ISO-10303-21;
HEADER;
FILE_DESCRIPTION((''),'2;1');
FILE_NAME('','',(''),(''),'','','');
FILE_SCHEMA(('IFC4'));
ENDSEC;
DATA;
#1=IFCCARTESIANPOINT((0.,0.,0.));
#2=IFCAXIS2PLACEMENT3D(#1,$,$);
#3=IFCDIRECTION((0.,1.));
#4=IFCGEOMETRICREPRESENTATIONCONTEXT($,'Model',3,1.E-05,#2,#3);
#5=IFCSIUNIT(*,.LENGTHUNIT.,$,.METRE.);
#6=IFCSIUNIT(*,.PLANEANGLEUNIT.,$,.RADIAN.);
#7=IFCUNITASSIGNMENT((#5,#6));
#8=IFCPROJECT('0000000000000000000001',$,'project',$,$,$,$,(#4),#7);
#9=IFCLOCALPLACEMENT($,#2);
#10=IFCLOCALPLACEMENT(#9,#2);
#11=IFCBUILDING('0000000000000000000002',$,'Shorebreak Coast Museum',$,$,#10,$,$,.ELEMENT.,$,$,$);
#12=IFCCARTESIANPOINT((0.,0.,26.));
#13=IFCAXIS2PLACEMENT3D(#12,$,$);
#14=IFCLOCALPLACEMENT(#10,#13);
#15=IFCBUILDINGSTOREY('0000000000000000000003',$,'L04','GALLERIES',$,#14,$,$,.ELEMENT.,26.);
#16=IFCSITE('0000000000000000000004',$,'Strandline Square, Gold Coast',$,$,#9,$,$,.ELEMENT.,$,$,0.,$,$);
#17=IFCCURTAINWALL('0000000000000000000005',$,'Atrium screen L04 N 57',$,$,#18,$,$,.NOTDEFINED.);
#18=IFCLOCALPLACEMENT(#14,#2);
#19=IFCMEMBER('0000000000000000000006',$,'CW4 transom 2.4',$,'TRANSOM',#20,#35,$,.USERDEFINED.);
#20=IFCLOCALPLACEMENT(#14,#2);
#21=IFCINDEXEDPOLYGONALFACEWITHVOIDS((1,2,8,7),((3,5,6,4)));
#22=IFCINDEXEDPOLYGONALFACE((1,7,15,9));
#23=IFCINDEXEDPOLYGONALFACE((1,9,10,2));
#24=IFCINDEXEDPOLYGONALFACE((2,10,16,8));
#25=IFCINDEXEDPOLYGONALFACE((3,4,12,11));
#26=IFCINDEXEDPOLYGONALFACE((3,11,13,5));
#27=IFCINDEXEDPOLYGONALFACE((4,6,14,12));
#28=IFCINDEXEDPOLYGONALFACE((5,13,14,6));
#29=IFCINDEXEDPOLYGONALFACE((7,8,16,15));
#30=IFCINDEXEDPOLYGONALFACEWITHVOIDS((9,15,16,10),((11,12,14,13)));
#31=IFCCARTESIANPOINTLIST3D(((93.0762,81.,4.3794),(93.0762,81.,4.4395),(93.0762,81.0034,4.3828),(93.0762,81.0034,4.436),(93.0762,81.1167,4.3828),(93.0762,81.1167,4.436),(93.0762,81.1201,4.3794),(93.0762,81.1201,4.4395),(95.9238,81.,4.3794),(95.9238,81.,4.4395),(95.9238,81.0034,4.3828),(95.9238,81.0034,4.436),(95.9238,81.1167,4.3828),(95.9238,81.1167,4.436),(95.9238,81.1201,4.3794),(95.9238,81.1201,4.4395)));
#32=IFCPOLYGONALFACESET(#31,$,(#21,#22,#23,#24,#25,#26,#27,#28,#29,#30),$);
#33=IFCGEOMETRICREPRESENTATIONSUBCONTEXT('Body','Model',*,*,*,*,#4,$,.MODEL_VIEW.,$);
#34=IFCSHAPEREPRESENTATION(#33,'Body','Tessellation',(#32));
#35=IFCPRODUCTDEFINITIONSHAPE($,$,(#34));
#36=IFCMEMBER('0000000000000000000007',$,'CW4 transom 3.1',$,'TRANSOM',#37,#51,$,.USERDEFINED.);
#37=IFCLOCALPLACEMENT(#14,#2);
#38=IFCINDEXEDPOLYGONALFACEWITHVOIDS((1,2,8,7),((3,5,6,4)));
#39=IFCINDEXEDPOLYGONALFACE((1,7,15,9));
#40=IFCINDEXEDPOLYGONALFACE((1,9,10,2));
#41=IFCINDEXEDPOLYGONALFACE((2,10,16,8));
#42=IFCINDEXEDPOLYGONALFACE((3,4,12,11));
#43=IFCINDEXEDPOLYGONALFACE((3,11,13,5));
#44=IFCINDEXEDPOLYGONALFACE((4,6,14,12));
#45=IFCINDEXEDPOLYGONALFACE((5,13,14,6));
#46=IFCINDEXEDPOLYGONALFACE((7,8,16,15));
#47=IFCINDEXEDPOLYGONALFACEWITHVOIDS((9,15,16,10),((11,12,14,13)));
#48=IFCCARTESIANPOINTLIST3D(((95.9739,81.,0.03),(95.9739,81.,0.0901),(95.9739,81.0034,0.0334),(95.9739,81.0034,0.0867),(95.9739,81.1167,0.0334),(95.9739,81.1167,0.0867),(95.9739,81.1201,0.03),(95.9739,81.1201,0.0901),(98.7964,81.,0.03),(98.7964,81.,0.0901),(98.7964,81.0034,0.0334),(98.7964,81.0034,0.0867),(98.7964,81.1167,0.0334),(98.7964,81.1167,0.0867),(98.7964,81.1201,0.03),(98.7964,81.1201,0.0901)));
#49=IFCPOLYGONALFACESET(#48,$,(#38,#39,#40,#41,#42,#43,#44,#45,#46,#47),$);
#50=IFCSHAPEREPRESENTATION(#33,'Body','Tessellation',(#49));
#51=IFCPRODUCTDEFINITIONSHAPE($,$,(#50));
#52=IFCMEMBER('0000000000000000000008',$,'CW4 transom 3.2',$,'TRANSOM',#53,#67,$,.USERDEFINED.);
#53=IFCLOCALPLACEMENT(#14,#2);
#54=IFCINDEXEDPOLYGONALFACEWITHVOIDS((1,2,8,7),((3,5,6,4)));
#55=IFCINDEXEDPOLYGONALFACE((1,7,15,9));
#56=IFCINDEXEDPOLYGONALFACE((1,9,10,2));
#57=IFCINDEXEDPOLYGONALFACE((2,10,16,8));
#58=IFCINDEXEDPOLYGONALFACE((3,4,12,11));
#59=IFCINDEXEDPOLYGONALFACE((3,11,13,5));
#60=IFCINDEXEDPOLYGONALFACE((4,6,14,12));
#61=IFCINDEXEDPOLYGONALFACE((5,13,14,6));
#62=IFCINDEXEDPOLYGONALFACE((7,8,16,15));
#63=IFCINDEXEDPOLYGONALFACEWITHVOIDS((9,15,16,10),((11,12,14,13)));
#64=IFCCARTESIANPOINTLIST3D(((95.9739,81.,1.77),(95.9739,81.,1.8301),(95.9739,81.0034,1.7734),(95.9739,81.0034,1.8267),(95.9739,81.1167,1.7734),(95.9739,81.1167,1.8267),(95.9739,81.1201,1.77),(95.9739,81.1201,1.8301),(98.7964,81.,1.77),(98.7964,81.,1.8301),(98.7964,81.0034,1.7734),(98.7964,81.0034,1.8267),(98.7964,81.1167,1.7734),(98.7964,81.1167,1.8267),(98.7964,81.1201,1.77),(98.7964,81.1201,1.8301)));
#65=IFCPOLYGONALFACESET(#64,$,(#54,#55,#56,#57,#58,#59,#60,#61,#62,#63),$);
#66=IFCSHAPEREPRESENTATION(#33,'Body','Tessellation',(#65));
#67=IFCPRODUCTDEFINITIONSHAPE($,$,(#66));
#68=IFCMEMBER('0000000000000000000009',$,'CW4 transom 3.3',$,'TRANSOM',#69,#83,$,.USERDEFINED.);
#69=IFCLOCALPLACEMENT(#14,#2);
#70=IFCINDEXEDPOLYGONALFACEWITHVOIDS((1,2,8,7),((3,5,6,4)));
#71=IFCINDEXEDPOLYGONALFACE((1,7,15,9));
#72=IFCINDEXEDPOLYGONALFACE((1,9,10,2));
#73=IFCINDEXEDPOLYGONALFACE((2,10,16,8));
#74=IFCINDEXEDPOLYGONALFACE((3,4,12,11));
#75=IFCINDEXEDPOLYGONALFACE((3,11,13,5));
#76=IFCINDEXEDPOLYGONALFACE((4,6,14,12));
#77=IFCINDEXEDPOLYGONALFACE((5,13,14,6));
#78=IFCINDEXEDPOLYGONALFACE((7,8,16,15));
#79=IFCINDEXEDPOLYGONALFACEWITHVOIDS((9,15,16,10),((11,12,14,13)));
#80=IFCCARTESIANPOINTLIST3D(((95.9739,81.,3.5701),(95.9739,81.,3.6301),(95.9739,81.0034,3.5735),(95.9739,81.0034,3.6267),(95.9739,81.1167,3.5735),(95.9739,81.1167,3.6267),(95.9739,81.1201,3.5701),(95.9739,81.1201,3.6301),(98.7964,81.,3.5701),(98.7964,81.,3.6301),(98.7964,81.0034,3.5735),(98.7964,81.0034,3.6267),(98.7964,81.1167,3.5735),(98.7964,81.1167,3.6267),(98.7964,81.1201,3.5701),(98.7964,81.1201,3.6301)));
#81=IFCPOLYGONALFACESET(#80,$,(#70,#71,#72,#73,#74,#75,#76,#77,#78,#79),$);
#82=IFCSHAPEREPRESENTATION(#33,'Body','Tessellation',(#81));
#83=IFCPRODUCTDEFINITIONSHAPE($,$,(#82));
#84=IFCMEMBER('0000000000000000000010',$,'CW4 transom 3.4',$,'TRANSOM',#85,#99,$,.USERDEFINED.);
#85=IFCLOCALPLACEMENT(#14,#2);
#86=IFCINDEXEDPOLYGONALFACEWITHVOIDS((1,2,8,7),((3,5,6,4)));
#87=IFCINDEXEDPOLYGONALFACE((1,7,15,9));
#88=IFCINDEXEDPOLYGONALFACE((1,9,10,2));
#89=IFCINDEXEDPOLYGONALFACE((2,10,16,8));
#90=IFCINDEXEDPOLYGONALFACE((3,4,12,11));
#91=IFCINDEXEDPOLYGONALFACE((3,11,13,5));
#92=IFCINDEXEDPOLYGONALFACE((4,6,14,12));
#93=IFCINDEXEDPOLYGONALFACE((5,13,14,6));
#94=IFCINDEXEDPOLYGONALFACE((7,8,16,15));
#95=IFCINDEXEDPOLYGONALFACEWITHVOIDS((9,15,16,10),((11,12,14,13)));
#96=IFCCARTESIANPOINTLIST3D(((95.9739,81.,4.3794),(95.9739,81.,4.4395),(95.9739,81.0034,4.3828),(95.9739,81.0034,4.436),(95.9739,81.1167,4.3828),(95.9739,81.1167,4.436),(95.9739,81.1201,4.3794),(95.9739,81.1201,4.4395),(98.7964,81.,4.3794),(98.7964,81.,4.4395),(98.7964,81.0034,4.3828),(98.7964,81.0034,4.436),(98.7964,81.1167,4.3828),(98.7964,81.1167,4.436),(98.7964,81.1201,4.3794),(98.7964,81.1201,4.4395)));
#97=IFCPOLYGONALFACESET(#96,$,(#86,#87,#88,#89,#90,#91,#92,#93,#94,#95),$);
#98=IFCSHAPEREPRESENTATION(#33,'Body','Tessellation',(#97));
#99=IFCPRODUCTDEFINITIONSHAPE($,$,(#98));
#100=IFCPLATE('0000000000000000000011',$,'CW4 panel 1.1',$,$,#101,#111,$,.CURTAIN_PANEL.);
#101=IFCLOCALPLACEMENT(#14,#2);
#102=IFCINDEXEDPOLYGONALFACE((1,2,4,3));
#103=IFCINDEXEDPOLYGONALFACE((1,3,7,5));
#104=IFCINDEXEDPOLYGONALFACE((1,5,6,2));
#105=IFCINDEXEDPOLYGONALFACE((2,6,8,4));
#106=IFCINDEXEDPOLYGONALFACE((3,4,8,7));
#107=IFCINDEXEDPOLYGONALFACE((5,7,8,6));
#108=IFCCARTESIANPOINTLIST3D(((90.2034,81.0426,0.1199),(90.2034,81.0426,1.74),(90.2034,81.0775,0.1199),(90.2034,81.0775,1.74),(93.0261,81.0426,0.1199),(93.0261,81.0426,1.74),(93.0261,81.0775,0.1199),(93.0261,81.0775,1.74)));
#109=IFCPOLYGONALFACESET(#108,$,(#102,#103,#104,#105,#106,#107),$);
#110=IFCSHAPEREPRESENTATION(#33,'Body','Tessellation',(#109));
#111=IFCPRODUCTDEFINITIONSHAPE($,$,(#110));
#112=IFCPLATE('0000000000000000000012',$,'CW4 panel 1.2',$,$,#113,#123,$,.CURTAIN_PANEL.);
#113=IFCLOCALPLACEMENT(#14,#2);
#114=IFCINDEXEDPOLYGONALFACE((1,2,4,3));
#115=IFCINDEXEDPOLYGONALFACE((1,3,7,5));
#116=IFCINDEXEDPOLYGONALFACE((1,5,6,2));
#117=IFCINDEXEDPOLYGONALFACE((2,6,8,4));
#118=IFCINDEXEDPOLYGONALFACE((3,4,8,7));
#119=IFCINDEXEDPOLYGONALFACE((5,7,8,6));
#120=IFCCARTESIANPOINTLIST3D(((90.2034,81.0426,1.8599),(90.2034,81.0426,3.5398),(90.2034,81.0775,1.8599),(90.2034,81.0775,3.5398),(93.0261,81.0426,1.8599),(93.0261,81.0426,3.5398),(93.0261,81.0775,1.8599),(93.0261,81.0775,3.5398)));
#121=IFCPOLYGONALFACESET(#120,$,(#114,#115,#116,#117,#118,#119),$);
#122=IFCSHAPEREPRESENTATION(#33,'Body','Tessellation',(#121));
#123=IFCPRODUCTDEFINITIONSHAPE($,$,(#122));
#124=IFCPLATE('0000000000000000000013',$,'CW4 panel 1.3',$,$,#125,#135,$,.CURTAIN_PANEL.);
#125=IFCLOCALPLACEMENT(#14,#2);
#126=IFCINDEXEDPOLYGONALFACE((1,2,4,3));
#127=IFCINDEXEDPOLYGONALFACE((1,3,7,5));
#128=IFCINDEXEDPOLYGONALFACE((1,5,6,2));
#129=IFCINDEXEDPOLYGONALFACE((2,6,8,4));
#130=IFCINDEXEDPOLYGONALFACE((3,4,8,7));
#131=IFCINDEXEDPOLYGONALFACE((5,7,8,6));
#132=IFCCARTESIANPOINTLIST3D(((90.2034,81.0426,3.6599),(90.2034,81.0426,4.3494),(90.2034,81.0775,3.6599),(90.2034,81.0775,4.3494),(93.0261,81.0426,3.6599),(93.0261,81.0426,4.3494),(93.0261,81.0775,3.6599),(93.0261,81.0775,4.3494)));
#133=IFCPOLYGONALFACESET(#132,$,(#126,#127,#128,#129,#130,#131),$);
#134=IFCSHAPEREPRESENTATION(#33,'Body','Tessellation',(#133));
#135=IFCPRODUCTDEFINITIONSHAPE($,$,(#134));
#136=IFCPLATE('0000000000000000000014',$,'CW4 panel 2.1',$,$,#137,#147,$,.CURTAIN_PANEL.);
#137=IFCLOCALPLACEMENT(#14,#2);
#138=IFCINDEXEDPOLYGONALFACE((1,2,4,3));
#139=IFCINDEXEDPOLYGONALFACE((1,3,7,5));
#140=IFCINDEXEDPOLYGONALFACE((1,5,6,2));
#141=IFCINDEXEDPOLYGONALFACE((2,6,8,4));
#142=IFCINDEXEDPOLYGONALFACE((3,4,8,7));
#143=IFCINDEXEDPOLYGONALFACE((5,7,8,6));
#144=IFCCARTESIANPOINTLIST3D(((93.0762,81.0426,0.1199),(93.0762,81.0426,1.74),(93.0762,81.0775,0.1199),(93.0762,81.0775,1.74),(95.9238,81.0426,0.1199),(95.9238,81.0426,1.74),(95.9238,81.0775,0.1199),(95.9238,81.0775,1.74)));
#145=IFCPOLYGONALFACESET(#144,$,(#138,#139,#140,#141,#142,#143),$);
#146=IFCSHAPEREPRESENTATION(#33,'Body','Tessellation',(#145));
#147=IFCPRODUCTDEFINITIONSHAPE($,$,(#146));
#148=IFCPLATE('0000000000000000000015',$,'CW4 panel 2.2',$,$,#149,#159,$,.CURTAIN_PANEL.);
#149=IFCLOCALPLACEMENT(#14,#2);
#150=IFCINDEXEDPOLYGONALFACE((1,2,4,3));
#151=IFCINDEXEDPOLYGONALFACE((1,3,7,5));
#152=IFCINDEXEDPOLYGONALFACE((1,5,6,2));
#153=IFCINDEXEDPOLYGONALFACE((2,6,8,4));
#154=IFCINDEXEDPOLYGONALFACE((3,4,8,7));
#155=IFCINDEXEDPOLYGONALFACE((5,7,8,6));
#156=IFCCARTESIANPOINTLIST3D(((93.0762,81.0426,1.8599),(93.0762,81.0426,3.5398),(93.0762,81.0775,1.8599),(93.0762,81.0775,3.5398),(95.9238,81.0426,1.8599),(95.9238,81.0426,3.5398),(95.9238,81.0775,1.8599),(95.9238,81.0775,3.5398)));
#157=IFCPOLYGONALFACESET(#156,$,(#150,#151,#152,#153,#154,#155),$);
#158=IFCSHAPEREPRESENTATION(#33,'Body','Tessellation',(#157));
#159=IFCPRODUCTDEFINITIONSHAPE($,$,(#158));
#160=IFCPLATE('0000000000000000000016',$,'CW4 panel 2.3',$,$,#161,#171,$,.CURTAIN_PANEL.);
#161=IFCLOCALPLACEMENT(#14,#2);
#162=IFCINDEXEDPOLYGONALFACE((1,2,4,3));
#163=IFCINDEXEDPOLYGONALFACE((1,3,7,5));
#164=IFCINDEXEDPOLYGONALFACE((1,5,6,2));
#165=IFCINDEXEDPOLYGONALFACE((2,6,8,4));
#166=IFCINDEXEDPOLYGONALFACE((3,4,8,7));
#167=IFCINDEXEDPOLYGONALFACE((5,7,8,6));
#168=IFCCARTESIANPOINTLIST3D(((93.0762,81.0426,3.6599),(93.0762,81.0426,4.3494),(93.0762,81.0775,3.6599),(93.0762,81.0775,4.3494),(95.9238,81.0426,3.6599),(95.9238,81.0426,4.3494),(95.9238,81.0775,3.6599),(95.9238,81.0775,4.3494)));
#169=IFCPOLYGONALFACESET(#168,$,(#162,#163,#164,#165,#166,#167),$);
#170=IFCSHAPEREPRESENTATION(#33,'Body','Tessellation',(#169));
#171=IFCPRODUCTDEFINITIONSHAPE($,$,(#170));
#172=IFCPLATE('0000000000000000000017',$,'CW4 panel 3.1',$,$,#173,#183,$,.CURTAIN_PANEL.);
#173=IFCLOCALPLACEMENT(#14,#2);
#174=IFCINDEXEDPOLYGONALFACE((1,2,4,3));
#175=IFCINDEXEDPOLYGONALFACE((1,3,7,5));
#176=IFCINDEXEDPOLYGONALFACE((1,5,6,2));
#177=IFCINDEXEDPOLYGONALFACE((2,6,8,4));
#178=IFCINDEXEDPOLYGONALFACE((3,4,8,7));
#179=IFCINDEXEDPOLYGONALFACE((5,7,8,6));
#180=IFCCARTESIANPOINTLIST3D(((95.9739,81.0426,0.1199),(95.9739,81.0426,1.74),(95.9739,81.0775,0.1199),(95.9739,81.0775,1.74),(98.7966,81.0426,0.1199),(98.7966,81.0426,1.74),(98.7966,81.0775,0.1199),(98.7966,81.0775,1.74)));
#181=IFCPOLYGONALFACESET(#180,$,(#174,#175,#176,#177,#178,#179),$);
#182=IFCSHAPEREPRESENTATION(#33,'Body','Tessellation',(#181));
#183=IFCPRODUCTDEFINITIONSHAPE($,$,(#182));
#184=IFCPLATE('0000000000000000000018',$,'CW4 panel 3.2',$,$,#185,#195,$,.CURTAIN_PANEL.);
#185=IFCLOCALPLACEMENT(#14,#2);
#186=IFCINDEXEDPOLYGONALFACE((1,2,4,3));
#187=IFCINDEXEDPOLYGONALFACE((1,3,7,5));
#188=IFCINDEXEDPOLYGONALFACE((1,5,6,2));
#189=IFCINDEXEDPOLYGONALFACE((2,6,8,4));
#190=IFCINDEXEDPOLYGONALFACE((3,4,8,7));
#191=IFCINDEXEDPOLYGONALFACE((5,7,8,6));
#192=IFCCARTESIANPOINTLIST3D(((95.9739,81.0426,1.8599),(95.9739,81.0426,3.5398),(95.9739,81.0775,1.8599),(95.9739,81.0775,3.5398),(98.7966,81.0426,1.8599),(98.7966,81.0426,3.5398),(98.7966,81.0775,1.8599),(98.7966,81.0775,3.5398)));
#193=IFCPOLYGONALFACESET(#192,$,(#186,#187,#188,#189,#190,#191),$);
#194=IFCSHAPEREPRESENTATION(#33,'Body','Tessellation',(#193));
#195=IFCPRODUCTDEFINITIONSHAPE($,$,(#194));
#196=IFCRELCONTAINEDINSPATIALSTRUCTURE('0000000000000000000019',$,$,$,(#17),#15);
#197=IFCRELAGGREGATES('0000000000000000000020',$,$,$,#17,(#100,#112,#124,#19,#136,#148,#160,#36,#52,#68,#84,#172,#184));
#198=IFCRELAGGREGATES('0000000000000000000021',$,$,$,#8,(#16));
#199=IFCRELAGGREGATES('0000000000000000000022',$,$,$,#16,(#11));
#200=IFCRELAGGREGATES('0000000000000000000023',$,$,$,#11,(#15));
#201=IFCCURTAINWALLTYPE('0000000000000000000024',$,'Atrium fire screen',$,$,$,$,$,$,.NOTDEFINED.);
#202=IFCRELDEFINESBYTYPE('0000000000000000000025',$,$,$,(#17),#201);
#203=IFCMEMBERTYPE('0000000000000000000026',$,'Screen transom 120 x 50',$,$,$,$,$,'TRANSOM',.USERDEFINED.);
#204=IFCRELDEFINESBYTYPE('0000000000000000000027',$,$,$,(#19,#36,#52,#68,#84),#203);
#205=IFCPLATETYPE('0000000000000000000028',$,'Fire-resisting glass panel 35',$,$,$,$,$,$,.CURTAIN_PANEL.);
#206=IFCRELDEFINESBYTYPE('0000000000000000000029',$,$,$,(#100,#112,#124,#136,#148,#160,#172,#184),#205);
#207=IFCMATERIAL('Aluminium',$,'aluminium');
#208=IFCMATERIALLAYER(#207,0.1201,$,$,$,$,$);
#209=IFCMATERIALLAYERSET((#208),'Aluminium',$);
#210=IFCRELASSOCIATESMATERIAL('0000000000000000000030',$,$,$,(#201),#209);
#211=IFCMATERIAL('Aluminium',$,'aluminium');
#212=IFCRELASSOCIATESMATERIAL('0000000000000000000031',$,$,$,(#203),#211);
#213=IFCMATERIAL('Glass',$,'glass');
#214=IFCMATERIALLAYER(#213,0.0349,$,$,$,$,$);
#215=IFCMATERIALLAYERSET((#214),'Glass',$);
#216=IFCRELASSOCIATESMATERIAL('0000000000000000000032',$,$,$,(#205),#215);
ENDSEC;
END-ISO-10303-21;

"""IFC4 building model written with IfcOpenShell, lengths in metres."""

from ifc_helpers import new_model, si_unit, direction, frame, origin, origin_2d, place, context, subcontext, project, spatial, rectangle, hollow_rectangle, extrude, material, layer, layer_set, material_profile, profile_set, type_object, element, aggregate, save


model = new_model("IFC4")

# Units and contexts
model_context = context("Model", 3, precision=1e-05, world=origin(), true_north=direction((0.0, 1.0)))
body_context = subcontext(model_context, "Body", "Model", "MODEL_VIEW")
ifc_project = project(units=[si_unit("LENGTHUNIT", "METRE"), si_unit("PLANEANGLEUNIT", "RADIAN")], contexts=[model_context])

# Site, building, storey
site_placement = place(None, origin())
site = spatial("IfcSite", under=ifc_project, at=site_placement, Name="Strandline Square, Gold Coast", CompositionType="ELEMENT", RefElevation=0.0)
building_placement = place(site_placement, origin())
building = spatial("IfcBuilding", under=site, at=building_placement, Name="Shorebreak Coast Museum", CompositionType="ELEMENT")
storey_placement = place(building_placement, frame((0.0, 0.0, 26.0)))
storey = spatial("IfcBuildingStorey", under=building, at=storey_placement, Name="L04", Description="GALLERIES", CompositionType="ELEMENT", Elevation=26.0)

# Curtain wall, members, plates
ifc_material_1 = material(Name="Aluminium", Category="aluminium")
ifc_layer_1 = layer(ifc_material_1, 0.1201)
ifc_layer_set_1 = layer_set([ifc_layer_1], Name="Aluminium")
curtain_wall_type = type_object("IfcCurtainWallType", Name="Atrium fire screen", PredefinedType="NOTDEFINED", material=ifc_layer_set_1)
curtain_wall_placement = place(storey_placement, origin())
curtain_wall = element("IfcCurtainWall", 1, at=curtain_wall_placement, inside=storey, type_object=curtain_wall_type, Name="Atrium screen L04 N 57", PredefinedType="NOTDEFINED")
ifc_material_2 = material(Name="Aluminium", Category="aluminium")
ifc_material_profile_1 = material_profile(ifc_material_2, hollow_rectangle(XDim=0.1201, YDim=0.0601, WallThickness=0.0034, at=origin_2d()), Name="AL 60x120 RHS")
ifc_profile_set_1 = profile_set([ifc_material_profile_1], Name="Aluminium")
member_type_1 = type_object("IfcMemberType", Name="Screen transom 120 x 50", ElementType="TRANSOM", PredefinedType="USERDEFINED", material=ifc_profile_set_1)
member_1_placement = place(storey_placement, frame((93.0762, 81.0601, 4.4094), z_axis=(1.0, 0.0, 0.0), x_axis=(0.0, 1.0, 0.0)))
member_1 = element("IfcMember", 2, at=member_1_placement, type_object=member_type_1, Name="CW4 transom 2.4", ObjectType="TRANSOM", PredefinedType="USERDEFINED", context=body_context, shape_type="SweptSolid", body=[
    extrude(hollow_rectangle(XDim=0.1201, YDim=0.0601, WallThickness=0.0034, at=origin_2d()), origin(), (0.0, 0.0, 1.0), 2.8477),
])
member_2_placement = place(storey_placement, frame((95.9739, 81.0601, 0.0601), z_axis=(1.0, 0.0, 0.0), x_axis=(0.0, 1.0, 0.0)))
member_2 = element("IfcMember", 3, at=member_2_placement, type_object=member_type_1, Name="CW4 transom 3.1", ObjectType="TRANSOM", PredefinedType="USERDEFINED", context=body_context, shape_type="SweptSolid", body=[
    extrude(hollow_rectangle(XDim=0.1201, YDim=0.0601, WallThickness=0.0034, at=origin_2d()), origin(), (0.0, 0.0, 1.0), 2.8225),
])
member_3_placement = place(storey_placement, frame((95.9739, 81.0601, 1.8), z_axis=(1.0, 0.0, 0.0), x_axis=(0.0, 1.0, 0.0)))
member_3 = element("IfcMember", 4, at=member_3_placement, type_object=member_type_1, Name="CW4 transom 3.2", ObjectType="TRANSOM", PredefinedType="USERDEFINED", context=body_context, shape_type="SweptSolid", body=[
    extrude(hollow_rectangle(XDim=0.1201, YDim=0.0601, WallThickness=0.0034, at=origin_2d()), origin(), (0.0, 0.0, 1.0), 2.8225),
])
member_4_placement = place(storey_placement, frame((95.9739, 81.0601, 3.6001), z_axis=(1.0, 0.0, 0.0), x_axis=(0.0, 1.0, 0.0)))
member_4 = element("IfcMember", 5, at=member_4_placement, type_object=member_type_1, Name="CW4 transom 3.3", ObjectType="TRANSOM", PredefinedType="USERDEFINED", context=body_context, shape_type="SweptSolid", body=[
    extrude(hollow_rectangle(XDim=0.1201, YDim=0.0601, WallThickness=0.0034, at=origin_2d()), origin(), (0.0, 0.0, 1.0), 2.8225),
])
member_5_placement = place(storey_placement, frame((95.9739, 81.0601, 4.4094), z_axis=(1.0, 0.0, 0.0), x_axis=(0.0, 1.0, 0.0)))
member_5 = element("IfcMember", 6, at=member_5_placement, type_object=member_type_1, Name="CW4 transom 3.4", ObjectType="TRANSOM", PredefinedType="USERDEFINED", context=body_context, shape_type="SweptSolid", body=[
    extrude(hollow_rectangle(XDim=0.1201, YDim=0.0601, WallThickness=0.0034, at=origin_2d()), origin(), (0.0, 0.0, 1.0), 2.8225),
])
ifc_material_3 = material(Name="Glass", Category="glass")
ifc_layer_2 = layer(ifc_material_3, 0.0349)
ifc_layer_set_2 = layer_set([ifc_layer_2], Name="Glass")
plate_type = type_object("IfcPlateType", Name="Fire-resisting glass panel 35", PredefinedType="CURTAIN_PANEL", material=ifc_layer_set_2)
plate_1_placement = place(storey_placement, frame((91.6147, 81.0601, 0.1199), z_axis=(0.0, 0.0, 1.0), x_axis=(1.0, 0.0, 0.0)))
plate_1 = element("IfcPlate", 7, at=plate_1_placement, type_object=plate_type, Name="CW4 panel 1.1", PredefinedType="CURTAIN_PANEL", context=body_context, shape_type="SweptSolid", body=[
    extrude(rectangle(XDim=2.8228, YDim=0.0349, at=origin_2d()), origin(), (0.0, 0.0, 1.0), 1.6201),
])
plate_2_placement = place(storey_placement, frame((91.6147, 81.0601, 1.8599), z_axis=(0.0, 0.0, 1.0), x_axis=(1.0, 0.0, 0.0)))
plate_2 = element("IfcPlate", 8, at=plate_2_placement, type_object=plate_type, Name="CW4 panel 1.2", PredefinedType="CURTAIN_PANEL", context=body_context, shape_type="SweptSolid", body=[
    extrude(rectangle(XDim=2.8228, YDim=0.0349, at=origin_2d()), origin(), (0.0, 0.0, 1.0), 1.6799),
])
plate_3_placement = place(storey_placement, frame((91.6147, 81.0601, 3.6599), z_axis=(0.0, 0.0, 1.0), x_axis=(1.0, 0.0, 0.0)))
plate_3 = element("IfcPlate", 9, at=plate_3_placement, type_object=plate_type, Name="CW4 panel 1.3", PredefinedType="CURTAIN_PANEL", context=body_context, shape_type="SweptSolid", body=[
    extrude(rectangle(XDim=2.8228, YDim=0.0349, at=origin_2d()), origin(), (0.0, 0.0, 1.0), 0.6895),
])
plate_4_placement = place(storey_placement, frame((94.5, 81.0601, 0.1199), z_axis=(0.0, 0.0, 1.0), x_axis=(1.0, 0.0, 0.0)))
plate_4 = element("IfcPlate", 10, at=plate_4_placement, type_object=plate_type, Name="CW4 panel 2.1", PredefinedType="CURTAIN_PANEL", context=body_context, shape_type="SweptSolid", body=[
    extrude(rectangle(XDim=2.8477, YDim=0.0349, at=origin_2d()), origin(), (0.0, 0.0, 1.0), 1.6201),
])
plate_5_placement = place(storey_placement, frame((94.5, 81.0601, 1.8599), z_axis=(0.0, 0.0, 1.0), x_axis=(1.0, 0.0, 0.0)))
plate_5 = element("IfcPlate", 11, at=plate_5_placement, type_object=plate_type, Name="CW4 panel 2.2", PredefinedType="CURTAIN_PANEL", context=body_context, shape_type="SweptSolid", body=[
    extrude(rectangle(XDim=2.8477, YDim=0.0349, at=origin_2d()), origin(), (0.0, 0.0, 1.0), 1.6799),
])
plate_6_placement = place(storey_placement, frame((94.5, 81.0601, 3.6599), z_axis=(0.0, 0.0, 1.0), x_axis=(1.0, 0.0, 0.0)))
plate_6 = element("IfcPlate", 12, at=plate_6_placement, type_object=plate_type, Name="CW4 panel 2.3", PredefinedType="CURTAIN_PANEL", context=body_context, shape_type="SweptSolid", body=[
    extrude(rectangle(XDim=2.8477, YDim=0.0349, at=origin_2d()), origin(), (0.0, 0.0, 1.0), 0.6895),
])
plate_7_placement = place(storey_placement, frame((97.3853, 81.0601, 0.1199), z_axis=(0.0, 0.0, 1.0), x_axis=(1.0, 0.0, 0.0)))
plate_7 = element("IfcPlate", 13, at=plate_7_placement, type_object=plate_type, Name="CW4 panel 3.1", PredefinedType="CURTAIN_PANEL", context=body_context, shape_type="SweptSolid", body=[
    extrude(rectangle(XDim=2.8228, YDim=0.0349, at=origin_2d()), origin(), (0.0, 0.0, 1.0), 1.6201),
])
plate_8_placement = place(storey_placement, frame((97.3853, 81.0601, 1.8599), z_axis=(0.0, 0.0, 1.0), x_axis=(1.0, 0.0, 0.0)))
plate_8 = element("IfcPlate", 14, at=plate_8_placement, type_object=plate_type, Name="CW4 panel 3.2", PredefinedType="CURTAIN_PANEL", context=body_context, shape_type="SweptSolid", body=[
    extrude(rectangle(XDim=2.8228, YDim=0.0349, at=origin_2d()), origin(), (0.0, 0.0, 1.0), 1.6799),
])
aggregate(curtain_wall, [plate_1, plate_2, plate_3, member_1, plate_4, plate_5, plate_6, member_2, member_3, member_4, member_5, plate_7, plate_8])

save(model, "model.ifc")
